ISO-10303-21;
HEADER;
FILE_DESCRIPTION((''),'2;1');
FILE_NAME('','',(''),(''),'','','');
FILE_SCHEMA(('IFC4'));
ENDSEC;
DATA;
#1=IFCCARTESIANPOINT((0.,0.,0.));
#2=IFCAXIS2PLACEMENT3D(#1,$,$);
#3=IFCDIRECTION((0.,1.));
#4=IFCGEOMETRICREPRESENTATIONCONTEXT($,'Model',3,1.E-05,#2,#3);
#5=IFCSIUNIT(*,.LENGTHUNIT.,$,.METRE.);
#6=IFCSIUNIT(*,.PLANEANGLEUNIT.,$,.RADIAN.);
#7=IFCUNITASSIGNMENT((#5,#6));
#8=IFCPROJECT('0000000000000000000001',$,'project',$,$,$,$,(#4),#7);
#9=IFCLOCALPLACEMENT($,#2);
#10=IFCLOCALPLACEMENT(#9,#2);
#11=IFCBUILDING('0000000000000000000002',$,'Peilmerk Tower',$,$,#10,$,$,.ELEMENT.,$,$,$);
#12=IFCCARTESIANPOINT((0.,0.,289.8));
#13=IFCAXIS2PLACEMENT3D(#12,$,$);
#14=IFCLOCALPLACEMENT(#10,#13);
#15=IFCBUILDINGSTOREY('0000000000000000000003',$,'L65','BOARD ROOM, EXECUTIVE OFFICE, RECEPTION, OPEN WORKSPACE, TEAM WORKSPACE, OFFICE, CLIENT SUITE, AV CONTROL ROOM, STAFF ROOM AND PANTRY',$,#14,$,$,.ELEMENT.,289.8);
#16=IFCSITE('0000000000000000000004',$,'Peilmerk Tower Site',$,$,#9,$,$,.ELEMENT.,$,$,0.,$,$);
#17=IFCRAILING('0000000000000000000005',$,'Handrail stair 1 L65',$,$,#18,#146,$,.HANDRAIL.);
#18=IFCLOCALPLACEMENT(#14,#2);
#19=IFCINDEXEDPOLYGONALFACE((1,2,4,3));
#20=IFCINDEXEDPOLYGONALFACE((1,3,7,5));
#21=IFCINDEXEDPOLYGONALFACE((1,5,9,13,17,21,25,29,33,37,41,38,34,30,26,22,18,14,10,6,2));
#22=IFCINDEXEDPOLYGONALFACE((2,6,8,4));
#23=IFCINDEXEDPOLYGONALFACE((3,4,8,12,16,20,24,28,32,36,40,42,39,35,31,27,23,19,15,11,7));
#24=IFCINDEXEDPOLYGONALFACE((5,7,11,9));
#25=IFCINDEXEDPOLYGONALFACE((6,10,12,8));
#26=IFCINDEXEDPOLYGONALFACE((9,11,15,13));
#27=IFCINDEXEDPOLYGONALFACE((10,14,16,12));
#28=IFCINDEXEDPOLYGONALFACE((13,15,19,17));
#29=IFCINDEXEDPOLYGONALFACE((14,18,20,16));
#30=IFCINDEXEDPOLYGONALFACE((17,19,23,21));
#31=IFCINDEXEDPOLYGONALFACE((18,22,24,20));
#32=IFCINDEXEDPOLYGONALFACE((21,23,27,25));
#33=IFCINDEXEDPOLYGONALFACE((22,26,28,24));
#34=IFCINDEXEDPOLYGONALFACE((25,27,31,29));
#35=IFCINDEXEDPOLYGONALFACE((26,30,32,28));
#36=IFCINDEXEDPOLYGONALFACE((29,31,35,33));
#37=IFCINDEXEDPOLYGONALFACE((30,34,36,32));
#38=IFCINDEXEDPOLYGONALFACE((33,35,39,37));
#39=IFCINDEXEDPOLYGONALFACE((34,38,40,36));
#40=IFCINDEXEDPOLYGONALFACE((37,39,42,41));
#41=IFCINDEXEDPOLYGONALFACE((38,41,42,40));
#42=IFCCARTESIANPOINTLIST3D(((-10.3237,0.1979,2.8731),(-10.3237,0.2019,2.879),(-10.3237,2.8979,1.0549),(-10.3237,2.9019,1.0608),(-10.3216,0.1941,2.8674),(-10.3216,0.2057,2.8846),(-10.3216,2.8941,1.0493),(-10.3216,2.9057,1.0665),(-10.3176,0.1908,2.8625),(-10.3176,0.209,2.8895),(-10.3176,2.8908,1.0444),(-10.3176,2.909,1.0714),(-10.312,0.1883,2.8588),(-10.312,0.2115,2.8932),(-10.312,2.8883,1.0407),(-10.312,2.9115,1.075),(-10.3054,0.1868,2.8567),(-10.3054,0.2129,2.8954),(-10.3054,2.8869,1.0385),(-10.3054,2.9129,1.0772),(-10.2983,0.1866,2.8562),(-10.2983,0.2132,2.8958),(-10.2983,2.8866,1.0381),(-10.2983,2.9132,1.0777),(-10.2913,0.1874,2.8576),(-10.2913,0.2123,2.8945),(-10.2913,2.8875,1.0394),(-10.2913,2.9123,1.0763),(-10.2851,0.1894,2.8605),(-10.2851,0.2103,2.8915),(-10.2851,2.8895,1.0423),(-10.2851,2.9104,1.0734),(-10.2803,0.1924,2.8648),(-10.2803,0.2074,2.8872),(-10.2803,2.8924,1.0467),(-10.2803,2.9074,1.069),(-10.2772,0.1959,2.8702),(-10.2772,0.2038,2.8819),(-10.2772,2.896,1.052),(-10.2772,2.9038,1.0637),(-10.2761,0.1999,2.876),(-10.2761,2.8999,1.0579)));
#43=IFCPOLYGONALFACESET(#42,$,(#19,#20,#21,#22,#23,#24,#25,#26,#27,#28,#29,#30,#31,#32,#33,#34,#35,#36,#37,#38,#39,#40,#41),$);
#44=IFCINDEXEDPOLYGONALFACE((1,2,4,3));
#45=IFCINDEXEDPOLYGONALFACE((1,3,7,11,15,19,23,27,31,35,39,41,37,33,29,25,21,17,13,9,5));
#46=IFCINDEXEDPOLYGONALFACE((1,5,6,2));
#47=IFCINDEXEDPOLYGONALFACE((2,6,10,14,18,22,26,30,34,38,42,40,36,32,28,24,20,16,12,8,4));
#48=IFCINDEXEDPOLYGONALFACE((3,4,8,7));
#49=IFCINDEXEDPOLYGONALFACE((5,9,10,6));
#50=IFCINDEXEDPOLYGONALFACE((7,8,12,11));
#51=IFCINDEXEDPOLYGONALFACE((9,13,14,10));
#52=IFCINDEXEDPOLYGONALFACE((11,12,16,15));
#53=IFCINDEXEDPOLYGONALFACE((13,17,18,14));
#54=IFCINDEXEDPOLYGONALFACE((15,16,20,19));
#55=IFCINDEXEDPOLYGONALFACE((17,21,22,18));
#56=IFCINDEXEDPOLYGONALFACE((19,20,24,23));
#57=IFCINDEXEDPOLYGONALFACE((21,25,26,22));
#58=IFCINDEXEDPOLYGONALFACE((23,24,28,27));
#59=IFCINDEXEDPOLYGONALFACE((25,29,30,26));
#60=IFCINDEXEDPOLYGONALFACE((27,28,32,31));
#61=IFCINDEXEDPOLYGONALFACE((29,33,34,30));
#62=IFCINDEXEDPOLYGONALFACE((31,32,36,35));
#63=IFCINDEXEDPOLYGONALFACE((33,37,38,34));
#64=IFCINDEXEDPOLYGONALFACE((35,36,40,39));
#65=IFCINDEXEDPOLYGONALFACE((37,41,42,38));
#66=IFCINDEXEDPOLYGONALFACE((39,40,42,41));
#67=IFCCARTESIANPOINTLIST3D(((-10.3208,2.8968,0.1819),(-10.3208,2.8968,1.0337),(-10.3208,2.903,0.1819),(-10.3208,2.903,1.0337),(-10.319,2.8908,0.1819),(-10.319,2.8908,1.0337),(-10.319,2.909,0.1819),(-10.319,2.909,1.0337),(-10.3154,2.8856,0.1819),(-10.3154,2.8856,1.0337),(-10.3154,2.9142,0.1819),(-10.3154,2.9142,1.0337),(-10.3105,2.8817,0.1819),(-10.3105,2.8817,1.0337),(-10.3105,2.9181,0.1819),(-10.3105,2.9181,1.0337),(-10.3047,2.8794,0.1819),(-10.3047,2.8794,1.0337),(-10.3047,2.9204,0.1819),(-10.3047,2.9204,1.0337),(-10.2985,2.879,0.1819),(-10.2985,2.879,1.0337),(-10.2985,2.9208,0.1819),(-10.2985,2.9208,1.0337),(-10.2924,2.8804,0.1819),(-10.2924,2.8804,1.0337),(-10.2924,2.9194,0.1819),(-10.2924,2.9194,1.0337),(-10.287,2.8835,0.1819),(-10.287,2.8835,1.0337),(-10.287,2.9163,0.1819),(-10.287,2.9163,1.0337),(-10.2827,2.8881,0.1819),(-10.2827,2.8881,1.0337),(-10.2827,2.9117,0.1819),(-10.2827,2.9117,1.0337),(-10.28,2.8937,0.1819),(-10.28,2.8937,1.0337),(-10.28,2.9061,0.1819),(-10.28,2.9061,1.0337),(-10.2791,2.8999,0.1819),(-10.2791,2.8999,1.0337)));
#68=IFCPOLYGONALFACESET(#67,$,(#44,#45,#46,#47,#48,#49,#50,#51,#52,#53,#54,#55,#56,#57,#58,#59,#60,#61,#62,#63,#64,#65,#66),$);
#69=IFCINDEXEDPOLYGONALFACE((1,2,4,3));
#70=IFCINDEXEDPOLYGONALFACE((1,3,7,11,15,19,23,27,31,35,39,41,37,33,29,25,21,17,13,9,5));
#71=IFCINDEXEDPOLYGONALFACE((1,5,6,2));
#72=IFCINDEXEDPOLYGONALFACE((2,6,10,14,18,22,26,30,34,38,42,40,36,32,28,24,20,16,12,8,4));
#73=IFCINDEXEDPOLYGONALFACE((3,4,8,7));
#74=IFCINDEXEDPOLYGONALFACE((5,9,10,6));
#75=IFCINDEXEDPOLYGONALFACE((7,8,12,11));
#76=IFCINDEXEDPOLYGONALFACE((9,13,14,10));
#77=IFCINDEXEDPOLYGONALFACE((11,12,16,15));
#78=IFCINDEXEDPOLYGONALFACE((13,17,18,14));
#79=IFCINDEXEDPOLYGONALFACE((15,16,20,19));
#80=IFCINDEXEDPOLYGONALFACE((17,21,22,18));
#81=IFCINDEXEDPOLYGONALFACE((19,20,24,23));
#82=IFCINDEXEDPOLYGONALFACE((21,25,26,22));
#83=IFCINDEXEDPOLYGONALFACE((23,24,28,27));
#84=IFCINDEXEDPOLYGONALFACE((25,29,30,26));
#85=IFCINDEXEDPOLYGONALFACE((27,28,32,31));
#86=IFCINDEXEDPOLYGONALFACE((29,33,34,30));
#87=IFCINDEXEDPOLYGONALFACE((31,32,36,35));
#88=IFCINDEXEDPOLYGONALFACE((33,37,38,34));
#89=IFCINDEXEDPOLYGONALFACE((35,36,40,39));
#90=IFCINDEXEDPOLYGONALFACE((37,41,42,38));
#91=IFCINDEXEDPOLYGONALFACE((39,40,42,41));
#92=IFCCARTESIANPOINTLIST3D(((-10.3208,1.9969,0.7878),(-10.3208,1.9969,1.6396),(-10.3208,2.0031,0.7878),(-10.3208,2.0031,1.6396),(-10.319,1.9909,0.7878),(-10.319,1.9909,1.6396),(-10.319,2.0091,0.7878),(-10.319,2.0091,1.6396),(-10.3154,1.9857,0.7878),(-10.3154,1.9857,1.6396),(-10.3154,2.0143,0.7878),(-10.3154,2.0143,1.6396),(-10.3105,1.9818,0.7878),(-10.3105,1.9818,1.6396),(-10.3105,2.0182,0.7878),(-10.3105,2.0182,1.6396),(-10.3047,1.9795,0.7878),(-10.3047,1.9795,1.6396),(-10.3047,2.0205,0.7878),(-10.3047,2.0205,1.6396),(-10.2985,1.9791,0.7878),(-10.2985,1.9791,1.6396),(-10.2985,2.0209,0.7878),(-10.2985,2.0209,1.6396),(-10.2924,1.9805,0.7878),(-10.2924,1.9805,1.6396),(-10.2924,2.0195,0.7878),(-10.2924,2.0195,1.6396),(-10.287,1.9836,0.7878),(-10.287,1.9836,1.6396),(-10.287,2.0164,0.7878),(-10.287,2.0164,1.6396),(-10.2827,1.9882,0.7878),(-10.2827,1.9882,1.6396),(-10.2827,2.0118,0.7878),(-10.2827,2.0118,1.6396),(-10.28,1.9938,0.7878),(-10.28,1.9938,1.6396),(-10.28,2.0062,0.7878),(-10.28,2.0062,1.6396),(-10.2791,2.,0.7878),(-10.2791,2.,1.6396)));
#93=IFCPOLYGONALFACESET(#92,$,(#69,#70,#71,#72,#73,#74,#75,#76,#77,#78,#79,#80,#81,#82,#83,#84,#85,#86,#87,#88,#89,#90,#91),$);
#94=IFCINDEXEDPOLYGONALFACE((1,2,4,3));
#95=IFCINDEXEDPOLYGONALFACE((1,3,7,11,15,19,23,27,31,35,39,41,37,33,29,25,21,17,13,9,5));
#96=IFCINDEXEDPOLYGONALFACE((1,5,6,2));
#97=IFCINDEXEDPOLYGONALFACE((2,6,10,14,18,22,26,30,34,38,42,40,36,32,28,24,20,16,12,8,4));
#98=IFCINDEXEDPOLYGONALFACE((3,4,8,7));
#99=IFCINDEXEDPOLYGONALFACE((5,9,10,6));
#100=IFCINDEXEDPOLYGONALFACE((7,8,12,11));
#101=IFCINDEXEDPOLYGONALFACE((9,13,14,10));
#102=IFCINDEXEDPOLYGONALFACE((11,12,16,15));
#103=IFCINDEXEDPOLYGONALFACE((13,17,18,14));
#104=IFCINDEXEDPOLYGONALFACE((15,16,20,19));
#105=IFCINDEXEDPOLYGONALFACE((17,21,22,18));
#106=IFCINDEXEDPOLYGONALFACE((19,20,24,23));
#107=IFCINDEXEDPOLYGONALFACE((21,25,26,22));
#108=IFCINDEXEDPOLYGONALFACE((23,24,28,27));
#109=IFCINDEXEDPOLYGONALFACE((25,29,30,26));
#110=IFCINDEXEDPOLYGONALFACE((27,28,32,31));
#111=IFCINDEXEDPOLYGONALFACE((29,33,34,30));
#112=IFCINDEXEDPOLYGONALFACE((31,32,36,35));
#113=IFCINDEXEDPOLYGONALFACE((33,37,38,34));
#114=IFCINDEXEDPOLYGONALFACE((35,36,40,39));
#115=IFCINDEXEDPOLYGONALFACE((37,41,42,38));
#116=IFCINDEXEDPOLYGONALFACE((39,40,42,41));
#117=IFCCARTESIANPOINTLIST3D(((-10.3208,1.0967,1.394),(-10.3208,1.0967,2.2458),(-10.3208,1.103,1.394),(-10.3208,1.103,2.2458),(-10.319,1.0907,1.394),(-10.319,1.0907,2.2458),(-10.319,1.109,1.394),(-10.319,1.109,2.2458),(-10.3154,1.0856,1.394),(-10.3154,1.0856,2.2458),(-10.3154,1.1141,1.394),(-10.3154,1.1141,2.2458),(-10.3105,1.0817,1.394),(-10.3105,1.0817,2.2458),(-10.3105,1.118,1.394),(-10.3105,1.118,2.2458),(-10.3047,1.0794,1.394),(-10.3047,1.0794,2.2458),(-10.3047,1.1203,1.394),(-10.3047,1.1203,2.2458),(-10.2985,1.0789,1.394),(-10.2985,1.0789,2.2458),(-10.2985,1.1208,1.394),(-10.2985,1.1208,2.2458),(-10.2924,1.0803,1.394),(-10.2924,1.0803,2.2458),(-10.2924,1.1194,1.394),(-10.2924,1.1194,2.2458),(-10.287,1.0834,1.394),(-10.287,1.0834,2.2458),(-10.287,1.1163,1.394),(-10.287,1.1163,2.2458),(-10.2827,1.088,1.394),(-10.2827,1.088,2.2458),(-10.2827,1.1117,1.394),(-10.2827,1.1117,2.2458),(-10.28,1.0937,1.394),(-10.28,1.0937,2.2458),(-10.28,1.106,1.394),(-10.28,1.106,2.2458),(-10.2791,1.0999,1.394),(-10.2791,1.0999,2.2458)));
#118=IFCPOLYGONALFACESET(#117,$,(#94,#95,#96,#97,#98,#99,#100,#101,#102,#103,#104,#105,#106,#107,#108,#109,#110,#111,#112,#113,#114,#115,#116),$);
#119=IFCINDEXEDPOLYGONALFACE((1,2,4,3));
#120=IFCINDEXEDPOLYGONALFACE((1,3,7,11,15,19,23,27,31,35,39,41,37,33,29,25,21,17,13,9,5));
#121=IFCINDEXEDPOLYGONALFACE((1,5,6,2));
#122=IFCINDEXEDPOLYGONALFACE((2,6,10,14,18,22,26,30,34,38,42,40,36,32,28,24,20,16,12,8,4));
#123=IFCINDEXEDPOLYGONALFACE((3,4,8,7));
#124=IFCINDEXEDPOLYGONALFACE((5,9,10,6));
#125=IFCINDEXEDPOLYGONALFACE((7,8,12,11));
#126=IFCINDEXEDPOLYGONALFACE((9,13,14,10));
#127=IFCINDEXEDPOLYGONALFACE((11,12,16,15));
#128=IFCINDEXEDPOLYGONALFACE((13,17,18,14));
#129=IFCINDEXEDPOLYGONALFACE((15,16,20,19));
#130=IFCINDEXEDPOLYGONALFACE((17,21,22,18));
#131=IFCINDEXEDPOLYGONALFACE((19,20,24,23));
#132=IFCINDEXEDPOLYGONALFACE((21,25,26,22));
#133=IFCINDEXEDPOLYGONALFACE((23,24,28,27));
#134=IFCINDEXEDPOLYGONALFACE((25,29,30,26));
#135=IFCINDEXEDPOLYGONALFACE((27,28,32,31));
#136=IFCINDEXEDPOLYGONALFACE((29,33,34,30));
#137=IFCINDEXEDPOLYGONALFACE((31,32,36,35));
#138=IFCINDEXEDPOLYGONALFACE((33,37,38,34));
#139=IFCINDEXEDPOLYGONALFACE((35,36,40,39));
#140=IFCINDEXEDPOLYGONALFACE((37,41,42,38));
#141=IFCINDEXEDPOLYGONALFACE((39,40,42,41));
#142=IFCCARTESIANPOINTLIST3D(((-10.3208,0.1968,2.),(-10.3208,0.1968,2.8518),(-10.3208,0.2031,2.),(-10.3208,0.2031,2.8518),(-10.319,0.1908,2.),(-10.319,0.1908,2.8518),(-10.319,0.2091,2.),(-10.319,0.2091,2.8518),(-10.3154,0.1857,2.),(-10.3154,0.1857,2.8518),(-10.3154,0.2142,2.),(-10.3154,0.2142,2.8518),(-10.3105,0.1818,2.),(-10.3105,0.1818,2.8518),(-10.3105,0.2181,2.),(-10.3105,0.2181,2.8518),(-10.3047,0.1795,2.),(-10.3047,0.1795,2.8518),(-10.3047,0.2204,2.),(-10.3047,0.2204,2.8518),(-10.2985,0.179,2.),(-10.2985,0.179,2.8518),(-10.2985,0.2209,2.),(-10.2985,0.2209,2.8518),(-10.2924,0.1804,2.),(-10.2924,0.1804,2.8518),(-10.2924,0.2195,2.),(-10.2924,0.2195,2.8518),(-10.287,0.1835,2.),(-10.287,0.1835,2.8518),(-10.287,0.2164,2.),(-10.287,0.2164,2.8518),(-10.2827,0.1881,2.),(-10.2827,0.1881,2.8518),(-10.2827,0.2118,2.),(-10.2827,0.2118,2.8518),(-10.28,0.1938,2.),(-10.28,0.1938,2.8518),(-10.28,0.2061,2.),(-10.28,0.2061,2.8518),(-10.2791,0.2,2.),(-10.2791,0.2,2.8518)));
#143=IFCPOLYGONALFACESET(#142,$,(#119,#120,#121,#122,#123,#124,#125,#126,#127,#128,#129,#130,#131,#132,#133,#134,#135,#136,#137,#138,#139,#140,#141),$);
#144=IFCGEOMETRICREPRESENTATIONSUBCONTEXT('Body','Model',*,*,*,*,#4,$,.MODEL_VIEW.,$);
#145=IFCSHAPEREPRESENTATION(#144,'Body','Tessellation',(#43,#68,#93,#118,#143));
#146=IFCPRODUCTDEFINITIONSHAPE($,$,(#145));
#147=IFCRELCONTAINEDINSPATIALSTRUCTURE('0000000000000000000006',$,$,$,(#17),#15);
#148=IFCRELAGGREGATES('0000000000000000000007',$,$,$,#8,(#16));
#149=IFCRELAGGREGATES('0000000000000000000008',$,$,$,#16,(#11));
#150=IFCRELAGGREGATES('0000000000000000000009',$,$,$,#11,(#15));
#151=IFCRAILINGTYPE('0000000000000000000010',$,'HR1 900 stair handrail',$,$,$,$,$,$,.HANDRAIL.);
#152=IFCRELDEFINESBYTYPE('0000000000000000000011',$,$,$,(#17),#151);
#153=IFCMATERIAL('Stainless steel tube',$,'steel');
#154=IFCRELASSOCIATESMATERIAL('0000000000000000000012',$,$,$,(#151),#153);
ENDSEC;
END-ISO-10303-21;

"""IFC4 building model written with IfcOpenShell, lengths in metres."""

from ifc_helpers import new_model, si_unit, direction, frame, origin, origin_2d, place, context, subcontext, project, spatial, circle, extrude, material, type_object, element, save


model = new_model("IFC4")

# Units and contexts
model_context = context("Model", 3, precision=1e-05, world=origin(), true_north=direction((0.0, 1.0)))
body_context = subcontext(model_context, "Body", "Model", "MODEL_VIEW")
ifc_project = project(units=[si_unit("LENGTHUNIT", "METRE"), si_unit("PLANEANGLEUNIT", "RADIAN")], contexts=[model_context])

# Site, building, storey
site_placement = place(None, origin())
site = spatial("IfcSite", under=ifc_project, at=site_placement, Name="Peilmerk Tower Site", CompositionType="ELEMENT", RefElevation=0.0)
building_placement = place(site_placement, origin())
building = spatial("IfcBuilding", under=site, at=building_placement, Name="Peilmerk Tower", CompositionType="ELEMENT")
storey_placement = place(building_placement, frame((0.0, 0.0, 289.8)))
storey = spatial("IfcBuildingStorey", under=building, at=storey_placement, Name="L65", Description="BOARD ROOM, EXECUTIVE OFFICE, RECEPTION, OPEN WORKSPACE, TEAM WORKSPACE, OFFICE, CLIENT SUITE, AV CONTROL ROOM, STAFF ROOM AND PANTRY", CompositionType="ELEMENT", Elevation=289.8)

# Railing
ifc_material_1 = material(Name="Stainless steel tube", Category="steel")
railing_type_1 = type_object("IfcRailingType", Name="HR1 900 stair handrail", PredefinedType="HANDRAIL", material=ifc_material_1)
railing_1_placement = place(storey_placement, frame((-10.3, 2.8999, 0.1819)))
element("IfcRailing", 1, at=railing_1_placement, inside=storey, type_object=railing_type_1, Name="Handrail stair 1 L65", PredefinedType="HANDRAIL", context=body_context, shape_type="SweptSolid", body=[
    extrude(circle(Radius=0.0239, at=origin_2d()), frame((0.0, 0.0, 0.876), z_axis=(0.0, -0.829468, 0.558554), x_axis=(1.0, 0.0, 0.0)), (0.0, 0.0, 1.0), 3.2551),
    extrude(circle(Radius=0.021, at=origin_2d()), origin(), (0.0, 0.0, 1.0), 0.8518),
    extrude(circle(Radius=0.021, at=origin_2d()), frame((0.0, -0.8999, 0.606)), (0.0, 0.0, 1.0), 0.8518),
    extrude(circle(Radius=0.021, at=origin_2d()), frame((0.0, -1.8, 1.2122)), (0.0, 0.0, 1.0), 0.8518),
    extrude(circle(Radius=0.021, at=origin_2d()), frame((0.0, -2.7, 1.8181)), (0.0, 0.0, 1.0), 0.8518),
])

save(model, "model.ifc")
